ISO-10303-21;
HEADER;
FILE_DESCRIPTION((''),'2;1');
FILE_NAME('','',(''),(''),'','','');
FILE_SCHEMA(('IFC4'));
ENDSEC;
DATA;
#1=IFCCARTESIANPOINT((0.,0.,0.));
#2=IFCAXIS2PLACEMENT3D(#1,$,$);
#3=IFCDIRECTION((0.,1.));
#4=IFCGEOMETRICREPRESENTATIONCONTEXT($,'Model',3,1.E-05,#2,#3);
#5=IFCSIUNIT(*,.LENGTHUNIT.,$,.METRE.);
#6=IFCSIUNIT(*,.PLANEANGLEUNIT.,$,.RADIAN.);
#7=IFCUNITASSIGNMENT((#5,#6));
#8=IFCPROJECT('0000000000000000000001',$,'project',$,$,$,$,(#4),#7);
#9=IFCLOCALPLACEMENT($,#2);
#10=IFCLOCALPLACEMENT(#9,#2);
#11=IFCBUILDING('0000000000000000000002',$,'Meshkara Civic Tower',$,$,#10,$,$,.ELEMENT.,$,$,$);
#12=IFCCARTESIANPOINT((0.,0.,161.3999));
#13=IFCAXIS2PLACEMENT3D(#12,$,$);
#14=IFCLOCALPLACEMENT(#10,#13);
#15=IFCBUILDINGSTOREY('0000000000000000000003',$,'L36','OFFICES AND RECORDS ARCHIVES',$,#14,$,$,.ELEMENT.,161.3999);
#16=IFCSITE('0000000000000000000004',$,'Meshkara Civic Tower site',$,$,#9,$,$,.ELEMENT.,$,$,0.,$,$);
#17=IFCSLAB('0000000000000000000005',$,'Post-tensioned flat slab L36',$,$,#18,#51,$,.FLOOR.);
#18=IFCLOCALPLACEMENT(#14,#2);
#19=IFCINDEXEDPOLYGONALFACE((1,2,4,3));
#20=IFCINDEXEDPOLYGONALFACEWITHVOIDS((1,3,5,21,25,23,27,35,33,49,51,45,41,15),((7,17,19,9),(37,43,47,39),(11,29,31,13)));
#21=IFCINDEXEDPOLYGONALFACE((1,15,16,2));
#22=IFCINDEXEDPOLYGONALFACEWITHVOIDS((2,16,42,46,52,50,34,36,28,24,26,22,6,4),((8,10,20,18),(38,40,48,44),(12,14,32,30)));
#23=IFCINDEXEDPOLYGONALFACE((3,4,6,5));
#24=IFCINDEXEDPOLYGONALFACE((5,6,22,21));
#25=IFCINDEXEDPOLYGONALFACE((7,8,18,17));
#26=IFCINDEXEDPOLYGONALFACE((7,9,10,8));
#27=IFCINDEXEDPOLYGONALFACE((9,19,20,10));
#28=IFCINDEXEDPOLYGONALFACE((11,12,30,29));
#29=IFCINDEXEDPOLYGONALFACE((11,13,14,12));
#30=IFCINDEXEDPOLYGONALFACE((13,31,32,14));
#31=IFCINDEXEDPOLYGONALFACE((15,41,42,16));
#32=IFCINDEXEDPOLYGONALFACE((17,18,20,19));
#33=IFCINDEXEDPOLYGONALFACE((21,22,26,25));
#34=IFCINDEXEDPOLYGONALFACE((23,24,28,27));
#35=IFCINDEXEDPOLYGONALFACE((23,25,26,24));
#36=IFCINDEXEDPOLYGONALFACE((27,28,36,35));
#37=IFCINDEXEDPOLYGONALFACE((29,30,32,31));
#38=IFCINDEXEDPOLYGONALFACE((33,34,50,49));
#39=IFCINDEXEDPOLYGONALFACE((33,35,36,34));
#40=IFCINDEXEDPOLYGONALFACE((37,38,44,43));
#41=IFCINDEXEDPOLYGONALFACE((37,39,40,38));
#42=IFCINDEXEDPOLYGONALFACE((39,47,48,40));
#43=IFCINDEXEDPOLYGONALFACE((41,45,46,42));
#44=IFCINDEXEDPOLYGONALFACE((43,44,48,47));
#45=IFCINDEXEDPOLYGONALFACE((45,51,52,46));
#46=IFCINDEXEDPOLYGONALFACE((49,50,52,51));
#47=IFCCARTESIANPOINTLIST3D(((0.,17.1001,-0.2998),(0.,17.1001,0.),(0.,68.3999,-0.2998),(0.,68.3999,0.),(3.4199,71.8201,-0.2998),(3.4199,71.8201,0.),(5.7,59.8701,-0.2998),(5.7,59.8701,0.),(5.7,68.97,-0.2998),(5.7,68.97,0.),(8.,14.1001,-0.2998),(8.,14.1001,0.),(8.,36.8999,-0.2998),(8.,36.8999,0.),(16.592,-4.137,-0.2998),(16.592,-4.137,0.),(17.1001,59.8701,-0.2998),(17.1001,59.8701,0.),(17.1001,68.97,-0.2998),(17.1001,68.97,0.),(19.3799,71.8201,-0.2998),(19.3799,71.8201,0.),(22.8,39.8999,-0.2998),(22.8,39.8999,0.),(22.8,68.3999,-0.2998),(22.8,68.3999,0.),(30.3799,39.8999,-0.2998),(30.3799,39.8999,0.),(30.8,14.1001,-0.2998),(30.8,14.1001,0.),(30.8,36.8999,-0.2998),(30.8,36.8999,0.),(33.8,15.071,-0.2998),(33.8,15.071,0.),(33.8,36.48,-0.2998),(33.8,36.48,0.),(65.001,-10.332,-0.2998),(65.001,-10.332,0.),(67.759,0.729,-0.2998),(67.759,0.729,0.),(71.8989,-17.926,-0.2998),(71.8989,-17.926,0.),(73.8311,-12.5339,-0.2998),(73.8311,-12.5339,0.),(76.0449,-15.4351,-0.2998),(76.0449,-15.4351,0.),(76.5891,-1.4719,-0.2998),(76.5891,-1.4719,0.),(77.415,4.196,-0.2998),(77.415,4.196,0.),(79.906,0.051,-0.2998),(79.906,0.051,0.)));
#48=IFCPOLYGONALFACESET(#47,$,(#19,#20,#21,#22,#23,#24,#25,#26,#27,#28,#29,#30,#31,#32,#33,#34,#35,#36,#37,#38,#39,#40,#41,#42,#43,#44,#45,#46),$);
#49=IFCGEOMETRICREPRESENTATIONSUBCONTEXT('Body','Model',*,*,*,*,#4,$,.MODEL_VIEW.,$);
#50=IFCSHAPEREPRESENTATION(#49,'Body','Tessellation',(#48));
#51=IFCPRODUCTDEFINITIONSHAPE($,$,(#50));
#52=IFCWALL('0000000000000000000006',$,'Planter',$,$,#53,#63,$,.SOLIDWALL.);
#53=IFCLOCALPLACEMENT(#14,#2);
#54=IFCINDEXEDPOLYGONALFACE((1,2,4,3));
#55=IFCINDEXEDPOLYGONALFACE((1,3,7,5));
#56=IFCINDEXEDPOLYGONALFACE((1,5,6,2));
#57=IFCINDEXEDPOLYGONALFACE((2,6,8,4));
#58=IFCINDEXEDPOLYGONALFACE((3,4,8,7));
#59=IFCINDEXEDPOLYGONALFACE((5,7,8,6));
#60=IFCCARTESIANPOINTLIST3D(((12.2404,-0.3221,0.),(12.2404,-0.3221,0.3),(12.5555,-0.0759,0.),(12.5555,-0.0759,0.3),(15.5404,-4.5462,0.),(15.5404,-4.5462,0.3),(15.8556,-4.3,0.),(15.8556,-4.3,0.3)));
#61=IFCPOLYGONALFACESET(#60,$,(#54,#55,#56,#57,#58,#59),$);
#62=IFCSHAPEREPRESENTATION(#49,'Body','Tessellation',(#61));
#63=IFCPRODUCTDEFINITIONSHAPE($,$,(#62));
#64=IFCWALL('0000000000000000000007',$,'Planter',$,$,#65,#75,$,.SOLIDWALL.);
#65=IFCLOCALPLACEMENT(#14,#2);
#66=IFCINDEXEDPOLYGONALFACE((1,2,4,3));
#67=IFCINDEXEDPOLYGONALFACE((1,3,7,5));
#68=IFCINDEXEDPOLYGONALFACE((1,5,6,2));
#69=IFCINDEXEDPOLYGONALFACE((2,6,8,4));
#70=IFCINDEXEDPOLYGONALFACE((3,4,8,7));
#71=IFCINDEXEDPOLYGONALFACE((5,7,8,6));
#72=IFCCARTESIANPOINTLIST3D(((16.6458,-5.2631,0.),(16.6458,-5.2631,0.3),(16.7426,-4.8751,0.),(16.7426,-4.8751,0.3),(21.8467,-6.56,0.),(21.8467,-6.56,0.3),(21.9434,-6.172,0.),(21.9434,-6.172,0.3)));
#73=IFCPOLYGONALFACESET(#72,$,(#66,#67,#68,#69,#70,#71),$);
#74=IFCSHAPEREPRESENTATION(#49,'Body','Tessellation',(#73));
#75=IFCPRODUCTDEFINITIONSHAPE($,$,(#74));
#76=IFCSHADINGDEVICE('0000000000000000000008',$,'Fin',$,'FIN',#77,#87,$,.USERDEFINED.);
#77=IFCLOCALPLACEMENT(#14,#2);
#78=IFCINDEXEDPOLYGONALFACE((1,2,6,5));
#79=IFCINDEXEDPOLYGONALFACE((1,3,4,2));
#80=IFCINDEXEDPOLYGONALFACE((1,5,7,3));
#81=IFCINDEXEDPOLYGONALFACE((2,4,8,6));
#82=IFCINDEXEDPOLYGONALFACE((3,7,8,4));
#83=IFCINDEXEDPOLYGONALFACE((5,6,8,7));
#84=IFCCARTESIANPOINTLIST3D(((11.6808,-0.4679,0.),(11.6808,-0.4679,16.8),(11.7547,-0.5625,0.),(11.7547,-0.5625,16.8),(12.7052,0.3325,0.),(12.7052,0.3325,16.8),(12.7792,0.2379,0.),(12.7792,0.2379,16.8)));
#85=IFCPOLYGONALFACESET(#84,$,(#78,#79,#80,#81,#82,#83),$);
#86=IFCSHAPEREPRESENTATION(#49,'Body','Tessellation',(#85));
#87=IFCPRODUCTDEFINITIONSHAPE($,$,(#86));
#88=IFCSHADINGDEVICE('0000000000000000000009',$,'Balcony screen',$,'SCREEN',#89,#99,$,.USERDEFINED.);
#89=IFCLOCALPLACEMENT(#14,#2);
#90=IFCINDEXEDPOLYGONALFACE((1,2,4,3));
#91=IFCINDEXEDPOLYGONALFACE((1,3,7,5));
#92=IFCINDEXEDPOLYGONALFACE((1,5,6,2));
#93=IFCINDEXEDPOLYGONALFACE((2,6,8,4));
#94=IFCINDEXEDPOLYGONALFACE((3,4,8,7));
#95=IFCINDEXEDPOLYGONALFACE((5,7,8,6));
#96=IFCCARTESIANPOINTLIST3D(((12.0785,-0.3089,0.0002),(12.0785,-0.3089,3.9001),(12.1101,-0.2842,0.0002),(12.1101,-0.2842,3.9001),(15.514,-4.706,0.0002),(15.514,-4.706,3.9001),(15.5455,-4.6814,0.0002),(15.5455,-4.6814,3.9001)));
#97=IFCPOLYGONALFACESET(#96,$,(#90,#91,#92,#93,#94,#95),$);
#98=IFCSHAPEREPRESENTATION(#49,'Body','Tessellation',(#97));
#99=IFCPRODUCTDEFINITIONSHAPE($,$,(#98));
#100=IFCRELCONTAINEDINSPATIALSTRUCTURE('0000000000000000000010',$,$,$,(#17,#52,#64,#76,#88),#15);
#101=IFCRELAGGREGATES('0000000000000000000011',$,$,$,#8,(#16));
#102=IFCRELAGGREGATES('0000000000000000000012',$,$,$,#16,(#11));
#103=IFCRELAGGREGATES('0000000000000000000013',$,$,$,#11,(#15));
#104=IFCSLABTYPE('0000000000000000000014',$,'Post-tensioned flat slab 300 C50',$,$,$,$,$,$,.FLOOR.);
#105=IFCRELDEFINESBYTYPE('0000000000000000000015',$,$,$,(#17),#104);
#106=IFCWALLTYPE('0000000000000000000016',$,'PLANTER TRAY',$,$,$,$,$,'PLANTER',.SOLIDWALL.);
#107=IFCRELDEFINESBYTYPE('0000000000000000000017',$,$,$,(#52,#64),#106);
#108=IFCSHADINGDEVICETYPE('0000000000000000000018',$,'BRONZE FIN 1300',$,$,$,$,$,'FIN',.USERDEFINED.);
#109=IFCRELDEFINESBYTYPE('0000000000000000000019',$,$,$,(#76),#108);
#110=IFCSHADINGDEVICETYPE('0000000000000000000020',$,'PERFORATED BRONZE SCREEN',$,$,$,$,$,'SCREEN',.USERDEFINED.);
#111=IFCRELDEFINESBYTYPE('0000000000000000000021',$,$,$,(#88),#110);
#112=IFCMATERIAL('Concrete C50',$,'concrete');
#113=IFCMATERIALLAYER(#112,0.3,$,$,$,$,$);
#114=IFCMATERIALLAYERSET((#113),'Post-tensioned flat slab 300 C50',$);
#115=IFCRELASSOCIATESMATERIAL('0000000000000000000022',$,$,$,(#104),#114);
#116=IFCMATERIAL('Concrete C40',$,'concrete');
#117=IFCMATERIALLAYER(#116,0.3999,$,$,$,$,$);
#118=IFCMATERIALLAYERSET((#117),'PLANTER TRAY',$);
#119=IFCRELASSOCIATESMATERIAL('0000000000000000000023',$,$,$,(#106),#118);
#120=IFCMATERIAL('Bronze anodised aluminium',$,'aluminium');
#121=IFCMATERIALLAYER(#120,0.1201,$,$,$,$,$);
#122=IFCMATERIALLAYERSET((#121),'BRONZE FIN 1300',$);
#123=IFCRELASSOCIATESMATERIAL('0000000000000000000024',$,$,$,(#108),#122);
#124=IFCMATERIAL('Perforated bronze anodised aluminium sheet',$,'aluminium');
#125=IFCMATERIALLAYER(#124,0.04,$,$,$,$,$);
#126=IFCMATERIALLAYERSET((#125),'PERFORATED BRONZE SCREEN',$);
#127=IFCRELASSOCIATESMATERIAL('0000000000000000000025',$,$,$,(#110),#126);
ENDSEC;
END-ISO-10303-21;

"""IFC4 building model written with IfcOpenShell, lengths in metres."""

from ifc_helpers import new_model, si_unit, direction, frame, frame_2d, origin, origin_2d, place, context, subcontext, project, spatial, polyline, rectangle, outline, extrude, material, layer, layer_set, type_object, element, save


model = new_model("IFC4")

# Units and contexts
model_context = context("Model", 3, precision=1e-05, world=origin(), true_north=direction((0.0, 1.0)))
body_context = subcontext(model_context, "Body", "Model", "MODEL_VIEW")
ifc_project = project(units=[si_unit("LENGTHUNIT", "METRE"), si_unit("PLANEANGLEUNIT", "RADIAN")], contexts=[model_context])

# Site, building, storey
site_placement = place(None, origin())
site = spatial("IfcSite", under=ifc_project, at=site_placement, Name="Meshkara Civic Tower site", CompositionType="ELEMENT", RefElevation=0.0)
building_placement = place(site_placement, origin())
building = spatial("IfcBuilding", under=site, at=building_placement, Name="Meshkara Civic Tower", CompositionType="ELEMENT")
storey_placement = place(building_placement, frame((0.0, 0.0, 161.3999)))
storey = spatial("IfcBuildingStorey", under=building, at=storey_placement, Name="L36", Description="OFFICES AND RECORDS ARCHIVES", CompositionType="ELEMENT", Elevation=161.3999)

# Slab
ifc_material_1 = material(Name="Concrete C50", Category="concrete")
ifc_layer_1 = layer(ifc_material_1, 0.3)
ifc_layer_set_1 = layer_set([ifc_layer_1], Name="Post-tensioned flat slab 300 C50")
slab_type_1 = type_object("IfcSlabType", Name="Post-tensioned flat slab 300 C50", PredefinedType="FLOOR", material=ifc_layer_set_1)
slab_1_placement = place(storey_placement, frame((0.0, 0.0, -0.2998)))
element("IfcSlab", 1, at=slab_1_placement, inside=storey, type_object=slab_type_1, Name="Post-tensioned flat slab L36", PredefinedType="FLOOR", context=body_context, shape_type="SweptSolid", body=[
    extrude(outline(polyline([(76.0449, -15.4351), (71.8989, -17.926), (16.592, -4.137), (0.0, 17.1001), (0.0, 68.3999), (3.4199, 71.8201), (19.3799, 71.8201), (22.8, 68.3999), (22.8, 39.8999), (30.3799, 39.8999), (33.8, 36.48), (33.8, 15.071), (77.415, 4.196), (79.906, 0.051), (76.0449, -15.4351)]), holes=[polyline([(73.8311, -12.5339), (76.5891, -1.4719), (67.759, 0.729), (65.001, -10.332), (73.8311, -12.5339)]), polyline([(8.0, 14.1001), (30.8, 14.1001), (30.8, 36.8999), (8.0, 36.8999), (8.0, 14.1001)]), polyline([(5.7, 68.97), (5.7, 59.8701), (17.1001, 59.8701), (17.1001, 68.97), (5.7, 68.97)])]), origin(), (0.0, 0.0, 1.0), 0.2998),
])

# Walls
ifc_material_2 = material(Name="Concrete C40", Category="concrete")
ifc_layer_2 = layer(ifc_material_2, 0.3999)
ifc_layer_set_2 = layer_set([ifc_layer_2], Name="PLANTER TRAY")
wall_type_1 = type_object("IfcWallType", Name="PLANTER TRAY", ElementType="PLANTER", PredefinedType="SOLIDWALL", material=ifc_layer_set_2)
wall_1_placement = place(storey_placement, frame((12.3979, -0.199, 0.0), z_axis=(0.0, 0.0, 1.0), x_axis=(0.615639, -0.788029, 0.0)))
element("IfcWall", 2, at=wall_1_placement, inside=storey, type_object=wall_type_1, Name="Planter", PredefinedType="SOLIDWALL", context=body_context, shape_type="SweptSolid", body=[
    extrude(rectangle(XDim=5.3604, YDim=0.3999, at=frame_2d((2.6802, 0.0))), origin(), (0.0, 0.0, 1.0), 0.3),
])
wall_2_placement = place(storey_placement, frame((16.6941, -5.0691, 0.0), z_axis=(0.0, 0.0, 1.0), x_axis=(0.97029, -0.241946, 0.0)))
element("IfcWall", 3, at=wall_2_placement, inside=storey, type_object=wall_type_1, Name="Planter", PredefinedType="SOLIDWALL", context=body_context, shape_type="SweptSolid", body=[
    extrude(rectangle(XDim=5.3601, YDim=0.3999, at=frame_2d((2.6802, 0.0))), origin(), (0.0, 0.0, 1.0), 0.3),
])

# Shading devices
ifc_material_3 = material(Name="Bronze anodised aluminium", Category="aluminium")
ifc_layer_3 = layer(ifc_material_3, 0.1201)
ifc_layer_set_3 = layer_set([ifc_layer_3], Name="BRONZE FIN 1300")
shading_device_type_1 = type_object("IfcShadingDeviceType", Name="BRONZE FIN 1300", ElementType="FIN", PredefinedType="USERDEFINED", material=ifc_layer_set_3)
shading_device_1_placement = place(storey_placement, frame((12.23, -0.115, 0.0), z_axis=(0.0, 0.0, 1.0), x_axis=(0.615661, -0.788011, 0.0)))
element("IfcShadingDevice", 4, at=shading_device_1_placement, inside=storey, type_object=shading_device_type_1, Name="Fin", ObjectType="FIN", PredefinedType="USERDEFINED", context=body_context, shape_type="SweptSolid", body=[
    extrude(rectangle(XDim=0.1201, YDim=1.3, at=origin_2d()), origin(), (0.0, 0.0, 1.0), 16.8),
])
ifc_material_4 = material(Name="Perforated bronze anodised aluminium sheet", Category="aluminium")
ifc_layer_4 = layer(ifc_material_4, 0.04)
ifc_layer_set_4 = layer_set([ifc_layer_4], Name="PERFORATED BRONZE SCREEN")
shading_device_type_2 = type_object("IfcShadingDeviceType", Name="PERFORATED BRONZE SCREEN", ElementType="SCREEN", PredefinedType="USERDEFINED", material=ifc_layer_set_4)
shading_device_2_placement = place(storey_placement, frame((13.812, -2.4951, 0.0002), z_axis=(0.0, 0.0, 1.0), x_axis=(0.615661, -0.788011, 0.0)))
element("IfcShadingDevice", 5, at=shading_device_2_placement, inside=storey, type_object=shading_device_type_2, Name="Balcony screen", ObjectType="SCREEN", PredefinedType="USERDEFINED", context=body_context, shape_type="SweptSolid", body=[
    extrude(rectangle(XDim=5.5801, YDim=0.04, at=origin_2d()), origin(), (0.0, 0.0, 1.0), 3.8999),
])

save(model, "model.ifc")
